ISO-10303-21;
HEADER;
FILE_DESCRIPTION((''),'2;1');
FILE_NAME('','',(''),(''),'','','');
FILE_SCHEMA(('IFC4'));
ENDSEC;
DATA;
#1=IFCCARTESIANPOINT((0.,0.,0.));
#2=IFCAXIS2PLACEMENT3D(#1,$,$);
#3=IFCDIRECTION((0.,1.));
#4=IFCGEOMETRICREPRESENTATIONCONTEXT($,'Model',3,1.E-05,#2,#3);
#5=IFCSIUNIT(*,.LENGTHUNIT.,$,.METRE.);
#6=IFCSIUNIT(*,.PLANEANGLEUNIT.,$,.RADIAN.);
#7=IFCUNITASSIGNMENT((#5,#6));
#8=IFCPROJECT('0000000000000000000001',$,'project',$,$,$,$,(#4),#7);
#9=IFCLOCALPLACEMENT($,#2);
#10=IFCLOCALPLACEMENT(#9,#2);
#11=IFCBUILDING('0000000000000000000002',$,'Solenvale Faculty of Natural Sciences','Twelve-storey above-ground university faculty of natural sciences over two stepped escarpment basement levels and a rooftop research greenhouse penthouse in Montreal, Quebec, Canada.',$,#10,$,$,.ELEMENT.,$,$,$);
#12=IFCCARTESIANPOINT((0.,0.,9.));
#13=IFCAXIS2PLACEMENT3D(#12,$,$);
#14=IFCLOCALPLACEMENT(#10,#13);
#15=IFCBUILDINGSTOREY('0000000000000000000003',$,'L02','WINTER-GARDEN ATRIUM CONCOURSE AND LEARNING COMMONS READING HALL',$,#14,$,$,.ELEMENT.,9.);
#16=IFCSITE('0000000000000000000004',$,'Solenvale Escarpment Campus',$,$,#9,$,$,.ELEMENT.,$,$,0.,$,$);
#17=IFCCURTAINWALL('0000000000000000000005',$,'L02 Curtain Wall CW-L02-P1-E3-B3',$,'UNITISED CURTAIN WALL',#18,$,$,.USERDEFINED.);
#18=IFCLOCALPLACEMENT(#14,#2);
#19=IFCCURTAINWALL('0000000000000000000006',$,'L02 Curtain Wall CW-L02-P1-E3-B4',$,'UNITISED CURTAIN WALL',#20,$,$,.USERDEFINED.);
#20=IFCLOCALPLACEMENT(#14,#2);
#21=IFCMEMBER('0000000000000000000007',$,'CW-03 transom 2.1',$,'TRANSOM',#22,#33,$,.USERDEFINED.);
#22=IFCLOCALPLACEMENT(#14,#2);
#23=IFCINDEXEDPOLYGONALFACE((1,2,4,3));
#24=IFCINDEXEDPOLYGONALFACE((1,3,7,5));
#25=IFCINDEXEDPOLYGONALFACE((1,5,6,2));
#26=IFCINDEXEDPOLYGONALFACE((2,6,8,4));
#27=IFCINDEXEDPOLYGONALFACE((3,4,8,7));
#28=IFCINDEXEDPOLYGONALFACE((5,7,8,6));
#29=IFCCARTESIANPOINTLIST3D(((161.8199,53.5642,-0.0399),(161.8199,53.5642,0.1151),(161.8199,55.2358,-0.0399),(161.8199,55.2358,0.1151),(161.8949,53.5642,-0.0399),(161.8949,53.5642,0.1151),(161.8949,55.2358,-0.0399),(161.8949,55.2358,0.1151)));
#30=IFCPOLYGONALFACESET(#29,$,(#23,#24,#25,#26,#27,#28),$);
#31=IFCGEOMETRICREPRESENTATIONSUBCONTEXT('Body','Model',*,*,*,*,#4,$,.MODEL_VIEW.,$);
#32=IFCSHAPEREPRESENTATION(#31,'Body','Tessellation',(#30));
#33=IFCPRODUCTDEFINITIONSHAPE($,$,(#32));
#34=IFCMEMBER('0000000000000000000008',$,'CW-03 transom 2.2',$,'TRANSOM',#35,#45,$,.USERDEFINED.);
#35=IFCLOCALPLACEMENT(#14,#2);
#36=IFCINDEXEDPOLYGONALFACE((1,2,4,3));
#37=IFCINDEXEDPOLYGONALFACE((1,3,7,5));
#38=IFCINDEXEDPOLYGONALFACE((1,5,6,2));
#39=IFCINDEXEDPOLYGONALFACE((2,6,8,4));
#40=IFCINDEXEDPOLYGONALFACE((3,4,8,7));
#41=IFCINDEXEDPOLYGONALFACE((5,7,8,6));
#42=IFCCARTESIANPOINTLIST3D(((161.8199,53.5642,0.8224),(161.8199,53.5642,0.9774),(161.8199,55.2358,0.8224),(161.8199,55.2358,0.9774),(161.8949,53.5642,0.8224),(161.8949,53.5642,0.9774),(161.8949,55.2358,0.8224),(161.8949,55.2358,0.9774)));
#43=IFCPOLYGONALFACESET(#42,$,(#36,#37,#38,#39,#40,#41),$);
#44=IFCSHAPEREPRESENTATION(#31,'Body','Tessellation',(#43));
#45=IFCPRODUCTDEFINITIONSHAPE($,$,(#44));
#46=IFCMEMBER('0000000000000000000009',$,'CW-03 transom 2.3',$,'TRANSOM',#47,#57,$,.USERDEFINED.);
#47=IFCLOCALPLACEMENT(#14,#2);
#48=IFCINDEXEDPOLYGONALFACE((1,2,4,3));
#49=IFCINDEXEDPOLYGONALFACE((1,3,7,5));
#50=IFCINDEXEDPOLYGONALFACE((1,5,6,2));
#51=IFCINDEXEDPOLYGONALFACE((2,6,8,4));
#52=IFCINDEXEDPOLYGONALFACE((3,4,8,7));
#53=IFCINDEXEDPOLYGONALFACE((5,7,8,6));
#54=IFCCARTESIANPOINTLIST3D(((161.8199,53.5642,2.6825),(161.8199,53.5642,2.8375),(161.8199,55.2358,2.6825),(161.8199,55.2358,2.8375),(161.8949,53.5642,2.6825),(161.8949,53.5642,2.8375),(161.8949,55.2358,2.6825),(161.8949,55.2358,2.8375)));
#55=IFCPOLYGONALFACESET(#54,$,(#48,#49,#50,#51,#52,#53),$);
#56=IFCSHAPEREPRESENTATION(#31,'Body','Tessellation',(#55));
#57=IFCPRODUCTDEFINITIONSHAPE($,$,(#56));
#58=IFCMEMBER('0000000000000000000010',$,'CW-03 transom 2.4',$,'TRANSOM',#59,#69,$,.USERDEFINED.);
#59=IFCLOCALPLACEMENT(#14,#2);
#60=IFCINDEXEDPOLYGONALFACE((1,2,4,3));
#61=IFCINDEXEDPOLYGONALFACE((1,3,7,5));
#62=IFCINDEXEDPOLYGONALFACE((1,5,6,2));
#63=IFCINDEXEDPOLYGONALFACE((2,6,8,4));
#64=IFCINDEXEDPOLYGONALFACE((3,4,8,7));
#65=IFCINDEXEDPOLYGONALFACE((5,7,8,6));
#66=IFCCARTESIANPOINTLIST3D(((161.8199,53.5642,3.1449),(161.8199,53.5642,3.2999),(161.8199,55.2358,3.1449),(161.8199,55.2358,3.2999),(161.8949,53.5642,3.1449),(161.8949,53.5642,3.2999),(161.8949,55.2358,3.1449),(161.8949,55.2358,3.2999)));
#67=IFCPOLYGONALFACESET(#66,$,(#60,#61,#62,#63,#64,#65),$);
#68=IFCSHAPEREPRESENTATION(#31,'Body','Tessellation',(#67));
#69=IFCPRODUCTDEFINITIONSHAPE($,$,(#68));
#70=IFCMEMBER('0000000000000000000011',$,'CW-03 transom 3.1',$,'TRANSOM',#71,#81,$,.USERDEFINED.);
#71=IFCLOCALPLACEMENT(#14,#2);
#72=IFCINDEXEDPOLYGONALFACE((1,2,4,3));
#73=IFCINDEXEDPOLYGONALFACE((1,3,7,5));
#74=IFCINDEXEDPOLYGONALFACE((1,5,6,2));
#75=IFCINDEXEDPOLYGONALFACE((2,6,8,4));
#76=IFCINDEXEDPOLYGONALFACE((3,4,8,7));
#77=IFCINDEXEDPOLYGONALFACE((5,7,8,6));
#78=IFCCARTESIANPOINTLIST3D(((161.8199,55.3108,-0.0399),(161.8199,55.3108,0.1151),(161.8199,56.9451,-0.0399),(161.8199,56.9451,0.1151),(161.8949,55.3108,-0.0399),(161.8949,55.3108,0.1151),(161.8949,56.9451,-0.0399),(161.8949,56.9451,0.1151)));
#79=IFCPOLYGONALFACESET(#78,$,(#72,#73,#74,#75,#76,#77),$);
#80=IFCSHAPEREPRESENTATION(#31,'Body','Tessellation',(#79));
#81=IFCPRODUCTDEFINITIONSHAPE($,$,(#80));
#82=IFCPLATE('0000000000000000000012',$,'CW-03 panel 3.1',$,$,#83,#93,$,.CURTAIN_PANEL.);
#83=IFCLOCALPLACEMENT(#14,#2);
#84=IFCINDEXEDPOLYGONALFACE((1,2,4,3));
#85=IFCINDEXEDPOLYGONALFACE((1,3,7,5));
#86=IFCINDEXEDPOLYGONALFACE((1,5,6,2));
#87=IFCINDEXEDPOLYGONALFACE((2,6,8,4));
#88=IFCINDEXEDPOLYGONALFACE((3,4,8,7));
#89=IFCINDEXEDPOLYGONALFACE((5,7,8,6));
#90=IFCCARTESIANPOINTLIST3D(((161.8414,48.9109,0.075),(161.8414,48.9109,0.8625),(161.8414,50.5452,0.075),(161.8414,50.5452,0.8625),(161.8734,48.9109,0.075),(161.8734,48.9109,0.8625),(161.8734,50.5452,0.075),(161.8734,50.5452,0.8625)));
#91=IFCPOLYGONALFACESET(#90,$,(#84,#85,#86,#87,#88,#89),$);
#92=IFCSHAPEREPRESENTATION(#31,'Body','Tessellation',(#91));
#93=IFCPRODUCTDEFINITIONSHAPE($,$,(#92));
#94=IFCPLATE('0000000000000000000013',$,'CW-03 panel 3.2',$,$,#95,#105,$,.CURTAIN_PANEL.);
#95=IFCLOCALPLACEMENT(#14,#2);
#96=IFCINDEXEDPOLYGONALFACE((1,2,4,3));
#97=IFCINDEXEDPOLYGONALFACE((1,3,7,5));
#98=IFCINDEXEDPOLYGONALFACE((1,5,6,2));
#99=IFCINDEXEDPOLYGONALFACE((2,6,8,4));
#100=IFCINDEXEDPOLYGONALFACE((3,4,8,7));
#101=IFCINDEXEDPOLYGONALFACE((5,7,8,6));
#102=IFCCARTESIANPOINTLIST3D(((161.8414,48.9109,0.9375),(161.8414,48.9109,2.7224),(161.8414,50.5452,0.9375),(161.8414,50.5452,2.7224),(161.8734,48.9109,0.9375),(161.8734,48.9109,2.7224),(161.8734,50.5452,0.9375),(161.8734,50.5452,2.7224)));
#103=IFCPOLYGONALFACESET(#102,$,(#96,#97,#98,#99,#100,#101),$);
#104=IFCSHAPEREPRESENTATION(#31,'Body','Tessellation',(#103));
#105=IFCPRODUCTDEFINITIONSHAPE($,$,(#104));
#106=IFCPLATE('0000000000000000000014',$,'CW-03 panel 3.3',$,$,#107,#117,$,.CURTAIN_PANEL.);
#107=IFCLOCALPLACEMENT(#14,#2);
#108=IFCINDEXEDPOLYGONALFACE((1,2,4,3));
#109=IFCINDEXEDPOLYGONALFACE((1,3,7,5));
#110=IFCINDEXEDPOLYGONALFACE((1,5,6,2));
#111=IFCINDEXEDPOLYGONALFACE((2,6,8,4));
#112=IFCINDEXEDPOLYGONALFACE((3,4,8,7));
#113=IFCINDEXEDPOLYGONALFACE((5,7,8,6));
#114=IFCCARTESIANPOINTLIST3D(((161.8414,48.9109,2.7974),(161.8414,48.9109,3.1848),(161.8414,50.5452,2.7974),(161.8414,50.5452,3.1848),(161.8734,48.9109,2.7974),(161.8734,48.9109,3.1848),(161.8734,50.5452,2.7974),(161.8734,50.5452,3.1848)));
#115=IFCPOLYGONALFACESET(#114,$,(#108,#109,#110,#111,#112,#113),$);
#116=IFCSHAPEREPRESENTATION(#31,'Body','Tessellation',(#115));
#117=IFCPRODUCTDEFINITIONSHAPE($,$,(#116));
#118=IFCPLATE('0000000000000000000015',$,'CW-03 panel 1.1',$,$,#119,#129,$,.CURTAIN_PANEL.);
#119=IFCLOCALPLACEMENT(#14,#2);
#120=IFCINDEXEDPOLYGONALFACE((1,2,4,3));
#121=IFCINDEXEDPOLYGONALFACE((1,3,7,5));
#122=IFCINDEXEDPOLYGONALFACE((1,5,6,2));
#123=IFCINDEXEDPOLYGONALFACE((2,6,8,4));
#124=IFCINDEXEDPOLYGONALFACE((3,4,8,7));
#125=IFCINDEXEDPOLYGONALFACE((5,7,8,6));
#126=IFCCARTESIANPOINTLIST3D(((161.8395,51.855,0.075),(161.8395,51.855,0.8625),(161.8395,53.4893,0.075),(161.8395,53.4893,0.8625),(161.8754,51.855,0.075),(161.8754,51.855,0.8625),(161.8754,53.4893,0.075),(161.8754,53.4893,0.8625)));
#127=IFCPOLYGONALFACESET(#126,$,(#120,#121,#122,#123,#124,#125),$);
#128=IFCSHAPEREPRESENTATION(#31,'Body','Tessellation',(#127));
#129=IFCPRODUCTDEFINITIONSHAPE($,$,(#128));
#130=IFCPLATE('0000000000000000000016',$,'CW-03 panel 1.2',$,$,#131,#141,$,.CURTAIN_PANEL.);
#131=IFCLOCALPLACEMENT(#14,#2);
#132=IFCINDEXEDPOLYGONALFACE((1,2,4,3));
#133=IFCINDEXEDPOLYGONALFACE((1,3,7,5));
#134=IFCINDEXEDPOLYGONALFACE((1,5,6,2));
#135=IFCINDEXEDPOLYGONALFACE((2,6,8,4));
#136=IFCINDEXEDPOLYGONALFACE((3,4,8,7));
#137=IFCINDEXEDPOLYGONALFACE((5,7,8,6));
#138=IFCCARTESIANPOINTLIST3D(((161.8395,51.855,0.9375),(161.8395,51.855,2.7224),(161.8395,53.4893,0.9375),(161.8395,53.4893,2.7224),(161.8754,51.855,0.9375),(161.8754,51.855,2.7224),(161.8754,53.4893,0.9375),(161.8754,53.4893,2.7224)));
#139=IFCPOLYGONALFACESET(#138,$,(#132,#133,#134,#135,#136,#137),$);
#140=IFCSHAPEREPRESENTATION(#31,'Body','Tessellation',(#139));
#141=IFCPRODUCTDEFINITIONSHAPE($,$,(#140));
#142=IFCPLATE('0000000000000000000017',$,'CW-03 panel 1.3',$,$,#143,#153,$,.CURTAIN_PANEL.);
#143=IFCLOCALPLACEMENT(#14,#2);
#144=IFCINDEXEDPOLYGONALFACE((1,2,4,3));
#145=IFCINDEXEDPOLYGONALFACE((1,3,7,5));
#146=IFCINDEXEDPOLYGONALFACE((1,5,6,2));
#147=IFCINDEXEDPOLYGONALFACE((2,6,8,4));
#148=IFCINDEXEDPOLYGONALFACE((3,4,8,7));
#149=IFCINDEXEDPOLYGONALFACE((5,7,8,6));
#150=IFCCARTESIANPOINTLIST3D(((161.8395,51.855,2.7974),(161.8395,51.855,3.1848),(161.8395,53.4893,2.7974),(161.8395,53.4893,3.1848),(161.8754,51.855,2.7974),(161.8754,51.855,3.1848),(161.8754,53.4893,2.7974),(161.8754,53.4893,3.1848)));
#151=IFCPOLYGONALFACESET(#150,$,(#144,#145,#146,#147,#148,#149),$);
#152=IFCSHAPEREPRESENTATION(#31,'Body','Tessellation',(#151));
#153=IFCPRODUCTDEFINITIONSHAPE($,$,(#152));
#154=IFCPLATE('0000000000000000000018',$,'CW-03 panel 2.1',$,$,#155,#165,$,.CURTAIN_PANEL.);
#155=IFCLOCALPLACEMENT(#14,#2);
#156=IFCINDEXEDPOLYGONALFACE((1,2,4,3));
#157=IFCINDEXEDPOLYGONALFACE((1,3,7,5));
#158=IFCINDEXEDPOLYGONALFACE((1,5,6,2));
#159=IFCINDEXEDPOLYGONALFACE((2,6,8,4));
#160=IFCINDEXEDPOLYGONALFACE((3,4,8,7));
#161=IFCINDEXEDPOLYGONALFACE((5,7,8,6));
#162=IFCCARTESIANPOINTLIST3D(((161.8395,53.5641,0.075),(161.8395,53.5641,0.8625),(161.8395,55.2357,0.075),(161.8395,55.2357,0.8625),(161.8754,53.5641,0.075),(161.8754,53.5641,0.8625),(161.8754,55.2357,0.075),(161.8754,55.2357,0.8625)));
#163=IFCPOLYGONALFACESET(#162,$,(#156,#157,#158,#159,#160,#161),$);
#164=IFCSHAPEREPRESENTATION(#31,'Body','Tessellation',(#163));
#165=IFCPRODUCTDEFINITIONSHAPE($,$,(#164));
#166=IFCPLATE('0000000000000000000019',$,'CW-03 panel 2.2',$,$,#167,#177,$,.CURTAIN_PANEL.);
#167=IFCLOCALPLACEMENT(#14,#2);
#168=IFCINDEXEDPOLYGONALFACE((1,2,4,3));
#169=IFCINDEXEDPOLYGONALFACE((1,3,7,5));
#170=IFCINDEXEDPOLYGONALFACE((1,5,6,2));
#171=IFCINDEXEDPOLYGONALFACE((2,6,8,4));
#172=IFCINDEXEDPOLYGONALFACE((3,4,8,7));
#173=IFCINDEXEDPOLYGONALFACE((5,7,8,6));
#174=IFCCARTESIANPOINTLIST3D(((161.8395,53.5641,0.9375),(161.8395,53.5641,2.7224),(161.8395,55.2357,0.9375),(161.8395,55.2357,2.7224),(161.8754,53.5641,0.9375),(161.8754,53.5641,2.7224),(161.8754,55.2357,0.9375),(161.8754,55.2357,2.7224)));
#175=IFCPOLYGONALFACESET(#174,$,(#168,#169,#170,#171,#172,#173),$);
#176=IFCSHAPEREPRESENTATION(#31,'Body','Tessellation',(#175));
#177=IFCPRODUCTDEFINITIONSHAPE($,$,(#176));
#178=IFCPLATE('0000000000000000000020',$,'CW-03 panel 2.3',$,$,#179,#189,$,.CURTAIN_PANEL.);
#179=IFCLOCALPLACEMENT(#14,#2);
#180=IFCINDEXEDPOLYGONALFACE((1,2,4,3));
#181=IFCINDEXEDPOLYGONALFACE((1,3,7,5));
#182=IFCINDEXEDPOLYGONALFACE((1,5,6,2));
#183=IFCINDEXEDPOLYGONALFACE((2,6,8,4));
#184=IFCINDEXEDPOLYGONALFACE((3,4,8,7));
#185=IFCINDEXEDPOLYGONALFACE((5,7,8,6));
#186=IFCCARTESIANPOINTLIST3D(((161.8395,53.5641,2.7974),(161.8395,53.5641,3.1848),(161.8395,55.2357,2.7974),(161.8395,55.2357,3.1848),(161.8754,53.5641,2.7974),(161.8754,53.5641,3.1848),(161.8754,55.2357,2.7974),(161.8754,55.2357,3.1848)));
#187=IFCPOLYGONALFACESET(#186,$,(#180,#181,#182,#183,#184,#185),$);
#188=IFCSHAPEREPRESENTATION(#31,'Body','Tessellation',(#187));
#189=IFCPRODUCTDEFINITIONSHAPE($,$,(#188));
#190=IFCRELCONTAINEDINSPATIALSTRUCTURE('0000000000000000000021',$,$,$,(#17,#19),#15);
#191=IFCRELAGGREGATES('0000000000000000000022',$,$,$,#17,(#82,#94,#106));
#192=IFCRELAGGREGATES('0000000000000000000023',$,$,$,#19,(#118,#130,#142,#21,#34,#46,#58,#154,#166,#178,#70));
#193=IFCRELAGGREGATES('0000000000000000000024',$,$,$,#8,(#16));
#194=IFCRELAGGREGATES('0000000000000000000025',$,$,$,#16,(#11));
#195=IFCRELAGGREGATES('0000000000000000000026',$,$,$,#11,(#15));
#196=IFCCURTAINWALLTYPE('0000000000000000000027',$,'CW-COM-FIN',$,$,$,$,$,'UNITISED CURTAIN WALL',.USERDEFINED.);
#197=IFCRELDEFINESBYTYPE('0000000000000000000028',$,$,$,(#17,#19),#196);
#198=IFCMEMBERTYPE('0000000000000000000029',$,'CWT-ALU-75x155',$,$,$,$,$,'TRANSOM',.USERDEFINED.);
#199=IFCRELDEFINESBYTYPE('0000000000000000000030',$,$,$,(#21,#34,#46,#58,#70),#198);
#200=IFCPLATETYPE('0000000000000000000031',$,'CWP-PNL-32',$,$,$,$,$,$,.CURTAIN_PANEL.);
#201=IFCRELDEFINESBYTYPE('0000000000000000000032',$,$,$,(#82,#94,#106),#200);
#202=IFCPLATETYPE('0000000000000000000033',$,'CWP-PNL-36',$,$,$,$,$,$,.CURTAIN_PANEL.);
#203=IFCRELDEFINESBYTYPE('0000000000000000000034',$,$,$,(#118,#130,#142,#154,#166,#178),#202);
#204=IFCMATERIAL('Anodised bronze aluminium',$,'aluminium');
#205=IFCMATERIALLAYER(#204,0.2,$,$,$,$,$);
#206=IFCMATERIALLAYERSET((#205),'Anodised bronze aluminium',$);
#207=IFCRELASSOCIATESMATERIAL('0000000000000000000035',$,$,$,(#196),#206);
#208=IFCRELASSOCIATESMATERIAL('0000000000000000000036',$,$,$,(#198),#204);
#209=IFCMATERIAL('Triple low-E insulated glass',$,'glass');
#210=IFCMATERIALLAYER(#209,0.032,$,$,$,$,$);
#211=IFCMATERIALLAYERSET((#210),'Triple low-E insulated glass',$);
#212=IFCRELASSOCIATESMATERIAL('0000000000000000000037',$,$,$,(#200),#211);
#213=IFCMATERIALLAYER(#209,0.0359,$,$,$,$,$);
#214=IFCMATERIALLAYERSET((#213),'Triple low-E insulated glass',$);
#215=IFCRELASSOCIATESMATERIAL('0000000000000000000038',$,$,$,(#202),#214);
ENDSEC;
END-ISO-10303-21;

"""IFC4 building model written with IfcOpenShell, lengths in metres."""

from ifc_helpers import new_model, si_unit, direction, frame, origin, origin_2d, place, context, subcontext, project, spatial, rectangle, extrude, material, layer, layer_set, material_profile, profile_set, type_object, element, aggregate, save


model = new_model("IFC4")

# Units and contexts
model_context = context("Model", 3, precision=1e-05, world=origin(), true_north=direction((0.0, 1.0)))
body_context = subcontext(model_context, "Body", "Model", "MODEL_VIEW")
ifc_project = project(units=[si_unit("LENGTHUNIT", "METRE"), si_unit("PLANEANGLEUNIT", "RADIAN")], contexts=[model_context])

# Site, building, storey
site_placement = place(None, origin())
site = spatial("IfcSite", under=ifc_project, at=site_placement, Name="Solenvale Escarpment Campus", CompositionType="ELEMENT", RefElevation=0.0)
building_placement = place(site_placement, origin())
building = spatial("IfcBuilding", under=site, at=building_placement, Name="Solenvale Faculty of Natural Sciences", Description="Twelve-storey above-ground university faculty of natural sciences over two stepped escarpment basement levels and a rooftop research greenhouse penthouse in Montreal, Quebec, Canada.", CompositionType="ELEMENT")
storey_placement = place(building_placement, frame((0.0, 0.0, 9.0)))
storey = spatial("IfcBuildingStorey", under=building, at=storey_placement, Name="L02", Description="WINTER-GARDEN ATRIUM CONCOURSE AND LEARNING COMMONS READING HALL", CompositionType="ELEMENT", Elevation=9.0)

# Curtain wall
ifc_material_1 = material(Name="Anodised bronze aluminium", Category="aluminium")
ifc_layer_1 = layer(ifc_material_1, 0.2)
ifc_layer_set_1 = layer_set([ifc_layer_1], Name="Anodised bronze aluminium")
curtain_wall_type = type_object("IfcCurtainWallType", Name="CW-COM-FIN", ElementType="UNITISED CURTAIN WALL", PredefinedType="USERDEFINED", material=ifc_layer_set_1)
curtain_wall_1_placement = place(storey_placement, origin())
curtain_wall_1 = element("IfcCurtainWall", 1, at=curtain_wall_1_placement, inside=storey, type_object=curtain_wall_type, Name="L02 Curtain Wall CW-L02-P1-E3-B3", ObjectType="UNITISED CURTAIN WALL", PredefinedType="USERDEFINED")

# Curtain wall
curtain_wall_2_placement = place(storey_placement, origin())
curtain_wall_2 = element("IfcCurtainWall", 2, at=curtain_wall_2_placement, inside=storey, type_object=curtain_wall_type, Name="L02 Curtain Wall CW-L02-P1-E3-B4", ObjectType="UNITISED CURTAIN WALL", PredefinedType="USERDEFINED")

# Members
ifc_material_profile_1 = material_profile(ifc_material_1, rectangle(XDim=0.075, YDim=0.155, at=origin_2d()), Name="ALU-TRN-75x155")
ifc_profile_set_1 = profile_set([ifc_material_profile_1], Name="Anodised bronze aluminium")
member_type_1 = type_object("IfcMemberType", Name="CWT-ALU-75x155", ElementType="TRANSOM", PredefinedType="USERDEFINED", material=ifc_profile_set_1)
member_1_placement = place(storey_placement, frame((161.8574, 53.5642, 0.0376), z_axis=(0.0, 1.0, 0.0), x_axis=(-1.0, 0.0, 0.0)))
member_1 = element("IfcMember", 3, at=member_1_placement, type_object=member_type_1, Name="CW-03 transom 2.1", ObjectType="TRANSOM", PredefinedType="USERDEFINED", context=body_context, shape_type="SweptSolid", body=[
    extrude(rectangle(XDim=0.075, YDim=0.155, at=origin_2d()), origin(), (0.0, 0.0, 1.0), 1.6716),
])
member_2_placement = place(storey_placement, frame((161.8574, 53.5642, 0.8999), z_axis=(0.0, 1.0, 0.0), x_axis=(-1.0, 0.0, 0.0)))
member_2 = element("IfcMember", 4, at=member_2_placement, type_object=member_type_1, Name="CW-03 transom 2.2", ObjectType="TRANSOM", PredefinedType="USERDEFINED", context=body_context, shape_type="SweptSolid", body=[
    extrude(rectangle(XDim=0.075, YDim=0.155, at=origin_2d()), origin(), (0.0, 0.0, 1.0), 1.6716),
])
member_3_placement = place(storey_placement, frame((161.8574, 53.5642, 2.76), z_axis=(0.0, 1.0, 0.0), x_axis=(-1.0, 0.0, 0.0)))
member_3 = element("IfcMember", 5, at=member_3_placement, type_object=member_type_1, Name="CW-03 transom 2.3", ObjectType="TRANSOM", PredefinedType="USERDEFINED", context=body_context, shape_type="SweptSolid", body=[
    extrude(rectangle(XDim=0.075, YDim=0.155, at=origin_2d()), origin(), (0.0, 0.0, 1.0), 1.6716),
])
member_4_placement = place(storey_placement, frame((161.8574, 53.5642, 3.2224), z_axis=(0.0, 1.0, 0.0), x_axis=(-1.0, 0.0, 0.0)))
member_4 = element("IfcMember", 6, at=member_4_placement, type_object=member_type_1, Name="CW-03 transom 2.4", ObjectType="TRANSOM", PredefinedType="USERDEFINED", context=body_context, shape_type="SweptSolid", body=[
    extrude(rectangle(XDim=0.075, YDim=0.155, at=origin_2d()), origin(), (0.0, 0.0, 1.0), 1.6716),
])
member_5_placement = place(storey_placement, frame((161.8574, 55.3108, 0.0376), z_axis=(0.0, 1.0, 0.0), x_axis=(-1.0, 0.0, 0.0)))
member_5 = element("IfcMember", 7, at=member_5_placement, type_object=member_type_1, Name="CW-03 transom 3.1", ObjectType="TRANSOM", PredefinedType="USERDEFINED", context=body_context, shape_type="SweptSolid", body=[
    extrude(rectangle(XDim=0.075, YDim=0.155, at=origin_2d()), origin(), (0.0, 0.0, 1.0), 1.6343),
])

# Plates
ifc_material_2 = material(Name="Triple low-E insulated glass", Category="glass")
ifc_layer_2 = layer(ifc_material_2, 0.032)
ifc_layer_set_2 = layer_set([ifc_layer_2], Name="Triple low-E insulated glass")
plate_type_1 = type_object("IfcPlateType", Name="CWP-PNL-32", PredefinedType="CURTAIN_PANEL", material=ifc_layer_set_2)
plate_1_placement = place(storey_placement, frame((161.8574, 49.728, 0.075), z_axis=(0.0, 0.0, 1.0), x_axis=(0.0, 1.0, 0.0)))
plate_1 = element("IfcPlate", 8, at=plate_1_placement, type_object=plate_type_1, Name="CW-03 panel 3.1", PredefinedType="CURTAIN_PANEL", context=body_context, shape_type="SweptSolid", body=[
    extrude(rectangle(XDim=1.6343, YDim=0.032, at=origin_2d()), origin(), (0.0, 0.0, 1.0), 0.7876),
])
plate_2_placement = place(storey_placement, frame((161.8574, 49.728, 0.9375), z_axis=(0.0, 0.0, 1.0), x_axis=(0.0, 1.0, 0.0)))
plate_2 = element("IfcPlate", 9, at=plate_2_placement, type_object=plate_type_1, Name="CW-03 panel 3.2", PredefinedType="CURTAIN_PANEL", context=body_context, shape_type="SweptSolid", body=[
    extrude(rectangle(XDim=1.6343, YDim=0.032, at=origin_2d()), origin(), (0.0, 0.0, 1.0), 1.7849),
])
plate_3_placement = place(storey_placement, frame((161.8574, 49.728, 2.7974), z_axis=(0.0, 0.0, 1.0), x_axis=(0.0, 1.0, 0.0)))
plate_3 = element("IfcPlate", 10, at=plate_3_placement, type_object=plate_type_1, Name="CW-03 panel 3.3", PredefinedType="CURTAIN_PANEL", context=body_context, shape_type="SweptSolid", body=[
    extrude(rectangle(XDim=1.6343, YDim=0.032, at=origin_2d()), origin(), (0.0, 0.0, 1.0), 0.3875),
])
aggregate(curtain_wall_1, [plate_1, plate_2, plate_3])
ifc_layer_3 = layer(ifc_material_2, 0.0359)
ifc_layer_set_3 = layer_set([ifc_layer_3], Name="Triple low-E insulated glass")
plate_type_2 = type_object("IfcPlateType", Name="CWP-PNL-36", PredefinedType="CURTAIN_PANEL", material=ifc_layer_set_3)
plate_4_placement = place(storey_placement, frame((161.8574, 52.6721, 0.075), z_axis=(0.0, 0.0, 1.0), x_axis=(0.0, 1.0, 0.0)))
plate_4 = element("IfcPlate", 11, at=plate_4_placement, type_object=plate_type_2, Name="CW-03 panel 1.1", PredefinedType="CURTAIN_PANEL", context=body_context, shape_type="SweptSolid", body=[
    extrude(rectangle(XDim=1.6343, YDim=0.0359, at=origin_2d()), origin(), (0.0, 0.0, 1.0), 0.7876),
])
plate_5_placement = place(storey_placement, frame((161.8574, 52.6721, 0.9375), z_axis=(0.0, 0.0, 1.0), x_axis=(0.0, 1.0, 0.0)))
plate_5 = element("IfcPlate", 12, at=plate_5_placement, type_object=plate_type_2, Name="CW-03 panel 1.2", PredefinedType="CURTAIN_PANEL", context=body_context, shape_type="SweptSolid", body=[
    extrude(rectangle(XDim=1.6343, YDim=0.0359, at=origin_2d()), origin(), (0.0, 0.0, 1.0), 1.7849),
])
plate_6_placement = place(storey_placement, frame((161.8574, 52.6721, 2.7974), z_axis=(0.0, 0.0, 1.0), x_axis=(0.0, 1.0, 0.0)))
plate_6 = element("IfcPlate", 13, at=plate_6_placement, type_object=plate_type_2, Name="CW-03 panel 1.3", PredefinedType="CURTAIN_PANEL", context=body_context, shape_type="SweptSolid", body=[
    extrude(rectangle(XDim=1.6343, YDim=0.0359, at=origin_2d()), origin(), (0.0, 0.0, 1.0), 0.3875),
])
plate_7_placement = place(storey_placement, frame((161.8574, 54.3999, 0.075), z_axis=(0.0, 0.0, 1.0), x_axis=(0.0, 1.0, 0.0)))
plate_7 = element("IfcPlate", 14, at=plate_7_placement, type_object=plate_type_2, Name="CW-03 panel 2.1", PredefinedType="CURTAIN_PANEL", context=body_context, shape_type="SweptSolid", body=[
    extrude(rectangle(XDim=1.6716, YDim=0.0359, at=origin_2d()), origin(), (0.0, 0.0, 1.0), 0.7876),
])
plate_8_placement = place(storey_placement, frame((161.8574, 54.3999, 0.9375), z_axis=(0.0, 0.0, 1.0), x_axis=(0.0, 1.0, 0.0)))
plate_8 = element("IfcPlate", 15, at=plate_8_placement, type_object=plate_type_2, Name="CW-03 panel 2.2", PredefinedType="CURTAIN_PANEL", context=body_context, shape_type="SweptSolid", body=[
    extrude(rectangle(XDim=1.6716, YDim=0.0359, at=origin_2d()), origin(), (0.0, 0.0, 1.0), 1.7849),
])
plate_9_placement = place(storey_placement, frame((161.8574, 54.3999, 2.7974), z_axis=(0.0, 0.0, 1.0), x_axis=(0.0, 1.0, 0.0)))
plate_9 = element("IfcPlate", 16, at=plate_9_placement, type_object=plate_type_2, Name="CW-03 panel 2.3", PredefinedType="CURTAIN_PANEL", context=body_context, shape_type="SweptSolid", body=[
    extrude(rectangle(XDim=1.6716, YDim=0.0359, at=origin_2d()), origin(), (0.0, 0.0, 1.0), 0.3875),
])
aggregate(curtain_wall_2, [plate_4, plate_5, plate_6, member_1, member_2, member_3, member_4, plate_7, plate_8, plate_9, member_5])

save(model, "model.ifc")
